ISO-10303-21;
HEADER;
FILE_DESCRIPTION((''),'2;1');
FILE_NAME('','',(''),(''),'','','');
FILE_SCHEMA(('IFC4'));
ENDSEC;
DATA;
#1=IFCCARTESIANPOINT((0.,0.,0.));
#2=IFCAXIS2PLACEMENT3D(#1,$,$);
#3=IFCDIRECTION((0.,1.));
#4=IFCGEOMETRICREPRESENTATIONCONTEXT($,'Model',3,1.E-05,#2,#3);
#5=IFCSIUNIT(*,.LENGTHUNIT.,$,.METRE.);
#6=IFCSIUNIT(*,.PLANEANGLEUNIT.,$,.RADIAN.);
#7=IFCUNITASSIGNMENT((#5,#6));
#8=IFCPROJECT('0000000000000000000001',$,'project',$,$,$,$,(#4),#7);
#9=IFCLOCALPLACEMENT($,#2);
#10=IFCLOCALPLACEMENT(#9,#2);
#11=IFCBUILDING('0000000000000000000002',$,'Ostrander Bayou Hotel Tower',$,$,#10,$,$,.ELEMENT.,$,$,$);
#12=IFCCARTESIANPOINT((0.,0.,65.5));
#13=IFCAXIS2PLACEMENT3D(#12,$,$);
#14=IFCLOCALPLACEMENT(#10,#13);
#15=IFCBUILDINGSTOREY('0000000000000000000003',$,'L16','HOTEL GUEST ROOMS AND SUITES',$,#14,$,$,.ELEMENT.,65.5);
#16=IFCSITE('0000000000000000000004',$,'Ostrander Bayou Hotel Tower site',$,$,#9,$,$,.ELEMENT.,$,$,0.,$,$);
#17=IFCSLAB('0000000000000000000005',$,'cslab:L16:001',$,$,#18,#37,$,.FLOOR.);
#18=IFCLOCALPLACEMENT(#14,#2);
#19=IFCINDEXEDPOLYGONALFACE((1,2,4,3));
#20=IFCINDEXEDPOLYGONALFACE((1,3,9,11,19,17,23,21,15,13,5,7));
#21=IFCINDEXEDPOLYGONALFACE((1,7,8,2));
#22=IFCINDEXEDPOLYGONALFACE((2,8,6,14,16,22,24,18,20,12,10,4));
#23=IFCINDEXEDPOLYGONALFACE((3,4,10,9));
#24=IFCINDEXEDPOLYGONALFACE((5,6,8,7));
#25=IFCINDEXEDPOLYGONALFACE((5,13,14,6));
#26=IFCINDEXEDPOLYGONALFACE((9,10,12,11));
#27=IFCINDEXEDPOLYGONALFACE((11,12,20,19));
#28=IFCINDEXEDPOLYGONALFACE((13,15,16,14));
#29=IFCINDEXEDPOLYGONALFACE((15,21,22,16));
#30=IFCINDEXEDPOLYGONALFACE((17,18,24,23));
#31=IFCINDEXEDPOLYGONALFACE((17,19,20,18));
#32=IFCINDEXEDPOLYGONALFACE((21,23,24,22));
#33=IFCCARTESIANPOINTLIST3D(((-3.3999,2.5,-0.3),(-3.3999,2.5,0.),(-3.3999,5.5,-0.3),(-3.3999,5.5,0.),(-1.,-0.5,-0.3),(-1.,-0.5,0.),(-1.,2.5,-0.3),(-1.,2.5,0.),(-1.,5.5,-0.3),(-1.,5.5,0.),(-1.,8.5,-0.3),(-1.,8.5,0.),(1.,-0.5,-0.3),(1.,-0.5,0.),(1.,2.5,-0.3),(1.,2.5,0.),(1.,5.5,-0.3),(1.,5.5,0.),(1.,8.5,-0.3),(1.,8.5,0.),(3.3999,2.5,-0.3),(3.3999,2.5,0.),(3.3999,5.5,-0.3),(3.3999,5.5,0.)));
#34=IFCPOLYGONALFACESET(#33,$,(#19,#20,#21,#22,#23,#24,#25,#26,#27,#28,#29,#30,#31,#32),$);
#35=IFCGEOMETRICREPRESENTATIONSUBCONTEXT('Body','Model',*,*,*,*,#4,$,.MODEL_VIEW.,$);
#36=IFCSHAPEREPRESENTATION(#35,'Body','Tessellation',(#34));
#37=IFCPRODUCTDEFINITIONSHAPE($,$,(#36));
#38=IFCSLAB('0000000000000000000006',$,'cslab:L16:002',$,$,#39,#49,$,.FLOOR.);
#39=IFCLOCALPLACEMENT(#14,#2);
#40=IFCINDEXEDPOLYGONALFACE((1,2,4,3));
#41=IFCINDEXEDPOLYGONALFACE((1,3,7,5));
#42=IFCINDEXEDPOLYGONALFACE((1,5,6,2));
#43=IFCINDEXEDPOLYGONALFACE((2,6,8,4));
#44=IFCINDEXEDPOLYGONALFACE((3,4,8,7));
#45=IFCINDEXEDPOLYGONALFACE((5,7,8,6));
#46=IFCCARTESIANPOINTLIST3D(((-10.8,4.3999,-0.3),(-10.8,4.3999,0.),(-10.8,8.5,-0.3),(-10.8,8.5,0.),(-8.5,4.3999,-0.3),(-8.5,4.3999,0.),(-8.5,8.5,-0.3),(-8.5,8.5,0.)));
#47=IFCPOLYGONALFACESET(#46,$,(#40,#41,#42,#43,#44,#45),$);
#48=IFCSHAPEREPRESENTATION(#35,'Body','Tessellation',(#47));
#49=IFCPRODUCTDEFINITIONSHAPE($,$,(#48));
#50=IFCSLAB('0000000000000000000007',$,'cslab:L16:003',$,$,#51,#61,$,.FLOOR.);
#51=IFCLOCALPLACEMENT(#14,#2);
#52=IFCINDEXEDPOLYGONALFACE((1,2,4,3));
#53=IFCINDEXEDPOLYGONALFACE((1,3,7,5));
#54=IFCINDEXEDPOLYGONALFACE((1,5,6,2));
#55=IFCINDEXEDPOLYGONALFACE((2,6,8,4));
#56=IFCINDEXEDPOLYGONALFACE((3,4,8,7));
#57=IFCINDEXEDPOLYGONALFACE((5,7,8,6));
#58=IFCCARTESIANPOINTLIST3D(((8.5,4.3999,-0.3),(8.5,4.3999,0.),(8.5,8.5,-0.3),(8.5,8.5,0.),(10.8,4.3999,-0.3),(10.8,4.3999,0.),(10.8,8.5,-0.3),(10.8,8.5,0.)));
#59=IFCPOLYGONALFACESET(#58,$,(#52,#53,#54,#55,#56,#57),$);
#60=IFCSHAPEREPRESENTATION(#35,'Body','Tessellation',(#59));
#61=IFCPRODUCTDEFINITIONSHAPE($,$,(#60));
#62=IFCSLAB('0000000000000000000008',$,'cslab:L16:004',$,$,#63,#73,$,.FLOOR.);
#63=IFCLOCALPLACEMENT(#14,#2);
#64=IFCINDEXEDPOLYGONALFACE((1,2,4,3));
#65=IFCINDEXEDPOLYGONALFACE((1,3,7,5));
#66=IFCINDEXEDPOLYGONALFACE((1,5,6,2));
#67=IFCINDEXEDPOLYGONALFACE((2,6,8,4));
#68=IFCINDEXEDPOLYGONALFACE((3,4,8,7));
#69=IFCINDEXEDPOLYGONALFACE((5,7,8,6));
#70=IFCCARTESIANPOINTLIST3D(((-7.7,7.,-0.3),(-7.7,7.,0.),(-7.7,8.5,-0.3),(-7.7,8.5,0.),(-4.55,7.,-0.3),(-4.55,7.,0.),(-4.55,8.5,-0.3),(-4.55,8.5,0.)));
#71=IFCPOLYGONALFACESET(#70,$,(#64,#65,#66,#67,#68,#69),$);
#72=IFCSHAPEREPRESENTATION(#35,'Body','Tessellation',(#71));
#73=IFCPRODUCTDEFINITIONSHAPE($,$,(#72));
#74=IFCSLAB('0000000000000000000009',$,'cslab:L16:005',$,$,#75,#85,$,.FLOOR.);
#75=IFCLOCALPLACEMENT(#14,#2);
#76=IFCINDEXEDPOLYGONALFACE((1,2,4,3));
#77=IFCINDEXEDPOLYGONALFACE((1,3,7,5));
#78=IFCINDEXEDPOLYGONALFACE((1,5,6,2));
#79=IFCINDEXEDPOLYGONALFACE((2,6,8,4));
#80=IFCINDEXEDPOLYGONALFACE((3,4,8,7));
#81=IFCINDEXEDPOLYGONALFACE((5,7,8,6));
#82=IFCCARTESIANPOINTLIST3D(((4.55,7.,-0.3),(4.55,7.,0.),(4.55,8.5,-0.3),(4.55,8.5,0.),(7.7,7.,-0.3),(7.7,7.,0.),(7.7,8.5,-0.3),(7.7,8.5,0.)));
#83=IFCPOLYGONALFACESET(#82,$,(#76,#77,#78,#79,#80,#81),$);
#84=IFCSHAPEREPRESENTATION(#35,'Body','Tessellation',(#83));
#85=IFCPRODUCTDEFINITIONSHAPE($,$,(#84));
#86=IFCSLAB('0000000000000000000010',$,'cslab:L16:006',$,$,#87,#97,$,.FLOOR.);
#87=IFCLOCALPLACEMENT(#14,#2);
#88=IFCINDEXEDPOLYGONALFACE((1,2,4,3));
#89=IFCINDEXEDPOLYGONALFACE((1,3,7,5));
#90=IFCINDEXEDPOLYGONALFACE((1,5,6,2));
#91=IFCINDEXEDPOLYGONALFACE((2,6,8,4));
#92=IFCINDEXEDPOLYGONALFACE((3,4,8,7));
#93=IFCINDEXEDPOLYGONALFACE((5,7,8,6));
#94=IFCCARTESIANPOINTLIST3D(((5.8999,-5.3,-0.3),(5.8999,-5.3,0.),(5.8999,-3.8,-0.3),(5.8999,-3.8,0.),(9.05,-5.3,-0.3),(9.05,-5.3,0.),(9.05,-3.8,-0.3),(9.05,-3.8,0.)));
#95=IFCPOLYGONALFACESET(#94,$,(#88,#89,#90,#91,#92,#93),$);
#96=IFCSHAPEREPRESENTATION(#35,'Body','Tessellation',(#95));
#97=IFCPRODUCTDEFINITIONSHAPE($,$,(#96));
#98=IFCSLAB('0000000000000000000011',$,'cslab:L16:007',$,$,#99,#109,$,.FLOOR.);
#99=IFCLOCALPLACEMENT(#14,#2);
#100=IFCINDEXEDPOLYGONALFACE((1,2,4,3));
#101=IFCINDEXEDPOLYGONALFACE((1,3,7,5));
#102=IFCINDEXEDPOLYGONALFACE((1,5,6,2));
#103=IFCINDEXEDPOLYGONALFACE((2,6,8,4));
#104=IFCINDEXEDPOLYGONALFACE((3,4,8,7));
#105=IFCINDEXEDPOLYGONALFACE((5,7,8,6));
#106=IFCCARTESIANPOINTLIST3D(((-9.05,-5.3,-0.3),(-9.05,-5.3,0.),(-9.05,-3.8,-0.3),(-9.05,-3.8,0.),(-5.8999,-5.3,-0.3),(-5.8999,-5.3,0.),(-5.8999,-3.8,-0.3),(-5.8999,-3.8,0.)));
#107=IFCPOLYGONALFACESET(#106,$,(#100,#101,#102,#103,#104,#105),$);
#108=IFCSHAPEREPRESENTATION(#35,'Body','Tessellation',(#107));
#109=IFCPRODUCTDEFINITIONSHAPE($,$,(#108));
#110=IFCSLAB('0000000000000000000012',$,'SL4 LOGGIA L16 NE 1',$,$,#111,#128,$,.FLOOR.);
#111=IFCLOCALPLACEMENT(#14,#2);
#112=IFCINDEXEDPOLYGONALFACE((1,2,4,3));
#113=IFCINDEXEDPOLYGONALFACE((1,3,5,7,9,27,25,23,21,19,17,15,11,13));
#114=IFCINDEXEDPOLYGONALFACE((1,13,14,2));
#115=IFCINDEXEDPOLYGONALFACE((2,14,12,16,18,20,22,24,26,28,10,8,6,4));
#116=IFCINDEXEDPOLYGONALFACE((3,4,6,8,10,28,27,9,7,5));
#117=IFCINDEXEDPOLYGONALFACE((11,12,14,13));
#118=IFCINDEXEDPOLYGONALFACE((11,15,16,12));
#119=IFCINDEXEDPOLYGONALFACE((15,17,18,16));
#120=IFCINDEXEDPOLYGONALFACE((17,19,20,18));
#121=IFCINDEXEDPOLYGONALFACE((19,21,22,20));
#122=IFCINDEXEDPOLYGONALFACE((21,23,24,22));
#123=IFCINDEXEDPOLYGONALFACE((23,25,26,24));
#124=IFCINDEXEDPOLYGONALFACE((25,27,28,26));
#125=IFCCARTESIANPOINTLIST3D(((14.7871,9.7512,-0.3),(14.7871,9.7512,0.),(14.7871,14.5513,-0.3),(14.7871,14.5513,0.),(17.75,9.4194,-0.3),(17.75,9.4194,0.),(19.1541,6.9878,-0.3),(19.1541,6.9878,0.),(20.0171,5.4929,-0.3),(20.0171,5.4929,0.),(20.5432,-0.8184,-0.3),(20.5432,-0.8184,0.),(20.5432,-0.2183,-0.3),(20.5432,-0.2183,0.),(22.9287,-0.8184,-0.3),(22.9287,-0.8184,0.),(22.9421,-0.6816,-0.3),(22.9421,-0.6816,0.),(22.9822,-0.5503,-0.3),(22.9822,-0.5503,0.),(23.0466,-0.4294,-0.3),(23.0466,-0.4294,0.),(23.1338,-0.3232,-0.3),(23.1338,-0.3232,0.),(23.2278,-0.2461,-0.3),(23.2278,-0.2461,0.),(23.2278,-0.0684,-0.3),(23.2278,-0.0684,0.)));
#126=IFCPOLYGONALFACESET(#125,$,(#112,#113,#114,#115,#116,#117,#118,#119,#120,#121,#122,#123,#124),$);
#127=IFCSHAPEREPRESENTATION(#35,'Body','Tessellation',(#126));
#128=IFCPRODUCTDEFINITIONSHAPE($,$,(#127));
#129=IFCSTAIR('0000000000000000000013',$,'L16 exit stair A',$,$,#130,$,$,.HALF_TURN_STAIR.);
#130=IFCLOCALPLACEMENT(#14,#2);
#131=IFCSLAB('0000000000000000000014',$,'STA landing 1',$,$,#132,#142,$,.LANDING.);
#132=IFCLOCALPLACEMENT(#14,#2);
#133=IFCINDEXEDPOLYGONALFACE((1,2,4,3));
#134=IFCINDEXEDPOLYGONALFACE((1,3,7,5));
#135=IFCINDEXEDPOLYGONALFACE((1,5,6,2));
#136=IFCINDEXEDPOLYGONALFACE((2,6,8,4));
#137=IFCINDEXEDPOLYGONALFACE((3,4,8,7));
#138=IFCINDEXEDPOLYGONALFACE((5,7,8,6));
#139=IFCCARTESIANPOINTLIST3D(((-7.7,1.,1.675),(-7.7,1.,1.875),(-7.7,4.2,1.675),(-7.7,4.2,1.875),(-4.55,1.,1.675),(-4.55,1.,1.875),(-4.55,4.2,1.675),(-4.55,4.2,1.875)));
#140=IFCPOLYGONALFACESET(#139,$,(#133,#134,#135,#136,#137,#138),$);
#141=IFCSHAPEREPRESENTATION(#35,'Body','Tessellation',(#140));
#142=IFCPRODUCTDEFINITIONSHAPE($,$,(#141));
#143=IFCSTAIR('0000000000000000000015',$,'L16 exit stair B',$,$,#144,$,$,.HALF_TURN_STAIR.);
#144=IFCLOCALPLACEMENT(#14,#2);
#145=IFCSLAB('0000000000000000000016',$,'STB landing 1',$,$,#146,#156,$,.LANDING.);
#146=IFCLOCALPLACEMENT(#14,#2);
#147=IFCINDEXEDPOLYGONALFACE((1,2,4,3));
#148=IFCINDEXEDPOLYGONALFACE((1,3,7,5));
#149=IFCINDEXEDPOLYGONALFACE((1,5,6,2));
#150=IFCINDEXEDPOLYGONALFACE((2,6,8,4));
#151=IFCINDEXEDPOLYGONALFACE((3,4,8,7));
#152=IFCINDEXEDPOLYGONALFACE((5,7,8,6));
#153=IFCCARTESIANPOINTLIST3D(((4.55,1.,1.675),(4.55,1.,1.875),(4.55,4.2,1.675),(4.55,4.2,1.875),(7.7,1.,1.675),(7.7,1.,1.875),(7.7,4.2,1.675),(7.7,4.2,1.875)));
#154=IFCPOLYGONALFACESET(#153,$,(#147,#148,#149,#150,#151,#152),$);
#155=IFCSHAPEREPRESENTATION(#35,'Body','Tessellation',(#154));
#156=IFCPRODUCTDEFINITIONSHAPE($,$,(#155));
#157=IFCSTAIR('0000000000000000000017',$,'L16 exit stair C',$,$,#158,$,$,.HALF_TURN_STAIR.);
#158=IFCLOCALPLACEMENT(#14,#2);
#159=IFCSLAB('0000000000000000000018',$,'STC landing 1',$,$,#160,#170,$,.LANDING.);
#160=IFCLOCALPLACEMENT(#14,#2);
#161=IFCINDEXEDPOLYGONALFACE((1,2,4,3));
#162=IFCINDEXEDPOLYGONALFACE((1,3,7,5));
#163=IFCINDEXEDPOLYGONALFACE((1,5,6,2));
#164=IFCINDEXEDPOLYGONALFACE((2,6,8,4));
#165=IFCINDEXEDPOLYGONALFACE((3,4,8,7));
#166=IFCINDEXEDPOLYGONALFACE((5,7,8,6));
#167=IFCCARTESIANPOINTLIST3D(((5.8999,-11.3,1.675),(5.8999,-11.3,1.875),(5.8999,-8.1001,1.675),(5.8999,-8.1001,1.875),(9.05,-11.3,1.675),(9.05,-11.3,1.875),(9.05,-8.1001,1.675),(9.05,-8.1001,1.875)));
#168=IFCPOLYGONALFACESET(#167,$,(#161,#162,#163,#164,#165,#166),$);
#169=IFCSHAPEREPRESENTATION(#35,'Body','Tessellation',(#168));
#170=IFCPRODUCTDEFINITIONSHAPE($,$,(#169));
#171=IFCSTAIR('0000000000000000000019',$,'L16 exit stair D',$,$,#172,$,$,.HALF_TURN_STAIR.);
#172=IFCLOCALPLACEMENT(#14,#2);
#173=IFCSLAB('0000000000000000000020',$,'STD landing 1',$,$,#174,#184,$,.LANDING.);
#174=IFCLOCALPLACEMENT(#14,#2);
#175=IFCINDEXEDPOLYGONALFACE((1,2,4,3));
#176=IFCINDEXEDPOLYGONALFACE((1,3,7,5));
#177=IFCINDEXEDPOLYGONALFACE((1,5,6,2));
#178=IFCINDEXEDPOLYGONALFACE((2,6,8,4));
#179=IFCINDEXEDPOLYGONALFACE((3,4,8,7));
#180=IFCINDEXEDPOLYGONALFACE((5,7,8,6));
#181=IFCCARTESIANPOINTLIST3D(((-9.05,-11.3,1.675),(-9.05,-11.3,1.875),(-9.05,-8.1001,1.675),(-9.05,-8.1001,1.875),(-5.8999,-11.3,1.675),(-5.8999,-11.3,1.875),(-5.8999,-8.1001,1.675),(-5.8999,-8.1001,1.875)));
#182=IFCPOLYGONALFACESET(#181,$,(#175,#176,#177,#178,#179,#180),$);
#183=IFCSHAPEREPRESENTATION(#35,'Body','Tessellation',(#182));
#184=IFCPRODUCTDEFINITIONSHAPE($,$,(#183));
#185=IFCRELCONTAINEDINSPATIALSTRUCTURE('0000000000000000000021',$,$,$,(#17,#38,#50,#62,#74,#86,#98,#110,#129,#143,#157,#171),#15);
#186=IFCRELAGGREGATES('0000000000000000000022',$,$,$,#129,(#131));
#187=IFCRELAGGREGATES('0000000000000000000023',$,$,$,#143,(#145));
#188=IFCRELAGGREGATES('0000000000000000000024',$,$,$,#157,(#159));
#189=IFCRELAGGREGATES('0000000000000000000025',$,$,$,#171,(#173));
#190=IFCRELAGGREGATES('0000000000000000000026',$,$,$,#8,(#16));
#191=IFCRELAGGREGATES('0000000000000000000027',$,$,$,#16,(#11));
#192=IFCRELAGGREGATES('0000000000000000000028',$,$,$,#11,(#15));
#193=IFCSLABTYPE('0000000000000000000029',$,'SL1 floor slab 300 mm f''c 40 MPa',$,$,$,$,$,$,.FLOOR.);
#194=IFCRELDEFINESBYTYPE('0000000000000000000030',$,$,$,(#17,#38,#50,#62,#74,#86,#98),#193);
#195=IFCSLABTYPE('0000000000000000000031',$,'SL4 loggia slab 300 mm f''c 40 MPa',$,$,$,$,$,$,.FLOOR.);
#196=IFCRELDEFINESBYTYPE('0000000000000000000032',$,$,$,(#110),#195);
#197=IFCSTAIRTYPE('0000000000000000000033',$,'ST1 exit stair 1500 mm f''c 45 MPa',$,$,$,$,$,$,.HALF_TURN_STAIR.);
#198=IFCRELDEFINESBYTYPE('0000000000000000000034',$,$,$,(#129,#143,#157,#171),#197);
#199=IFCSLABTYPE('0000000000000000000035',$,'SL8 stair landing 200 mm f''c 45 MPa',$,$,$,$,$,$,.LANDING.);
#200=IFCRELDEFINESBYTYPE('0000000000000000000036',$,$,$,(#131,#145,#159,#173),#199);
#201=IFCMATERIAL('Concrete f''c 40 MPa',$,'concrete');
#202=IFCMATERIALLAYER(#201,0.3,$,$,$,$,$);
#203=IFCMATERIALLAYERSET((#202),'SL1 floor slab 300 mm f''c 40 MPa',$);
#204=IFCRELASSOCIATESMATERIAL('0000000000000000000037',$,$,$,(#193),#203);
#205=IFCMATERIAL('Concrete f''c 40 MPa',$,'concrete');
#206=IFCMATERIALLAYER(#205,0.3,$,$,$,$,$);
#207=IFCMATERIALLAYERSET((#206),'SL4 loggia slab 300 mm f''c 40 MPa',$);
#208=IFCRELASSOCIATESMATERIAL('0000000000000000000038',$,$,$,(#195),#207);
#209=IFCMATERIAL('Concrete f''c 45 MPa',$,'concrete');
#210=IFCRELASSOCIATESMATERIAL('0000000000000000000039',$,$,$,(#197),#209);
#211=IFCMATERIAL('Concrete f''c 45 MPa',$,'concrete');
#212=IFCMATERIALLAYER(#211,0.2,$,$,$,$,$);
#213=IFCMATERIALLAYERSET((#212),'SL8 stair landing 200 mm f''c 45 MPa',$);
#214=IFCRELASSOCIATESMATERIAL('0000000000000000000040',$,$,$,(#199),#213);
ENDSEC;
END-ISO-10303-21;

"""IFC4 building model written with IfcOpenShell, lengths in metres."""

from ifc_helpers import new_model, si_unit, direction, frame, origin, place, context, subcontext, project, spatial, polyline, outline, extrude, material, layer, layer_set, type_object, element, aggregate, save


model = new_model("IFC4")

# Units and contexts
model_context = context("Model", 3, precision=1e-05, world=origin(), true_north=direction((0.0, 1.0)))
body_context = subcontext(model_context, "Body", "Model", "MODEL_VIEW")
ifc_project = project(units=[si_unit("LENGTHUNIT", "METRE"), si_unit("PLANEANGLEUNIT", "RADIAN")], contexts=[model_context])

# Site, building, storey
site_placement = place(None, origin())
site = spatial("IfcSite", under=ifc_project, at=site_placement, Name="Ostrander Bayou Hotel Tower site", CompositionType="ELEMENT", RefElevation=0.0)
building_placement = place(site_placement, origin())
building = spatial("IfcBuilding", under=site, at=building_placement, Name="Ostrander Bayou Hotel Tower", CompositionType="ELEMENT")
storey_placement = place(building_placement, frame((0.0, 0.0, 65.5)))
storey = spatial("IfcBuildingStorey", under=building, at=storey_placement, Name="L16", Description="HOTEL GUEST ROOMS AND SUITES", CompositionType="ELEMENT", Elevation=65.5)

# Slabs
ifc_material_1 = material(Name="Concrete f'c 40 MPa", Category="concrete")
ifc_layer_1 = layer(ifc_material_1, 0.3)
ifc_layer_set_1 = layer_set([ifc_layer_1], Name="SL1 floor slab 300 mm f'c 40 MPa")
slab_type_1 = type_object("IfcSlabType", Name="SL1 floor slab 300 mm f'c 40 MPa", PredefinedType="FLOOR", material=ifc_layer_set_1)
slab_1_placement = place(storey_placement, frame((0.0, 0.0, -0.3)))
element("IfcSlab", 1, at=slab_1_placement, inside=storey, type_object=slab_type_1, Name="cslab:L16:001", PredefinedType="FLOOR", context=body_context, shape_type="SweptSolid", body=[
    extrude(outline(polyline([(-3.3999, 5.5), (-1.0, 5.5), (-1.0, 8.5), (1.0, 8.5), (1.0, 5.5), (3.3999, 5.5), (3.3999, 2.5), (1.0, 2.5), (1.0, -0.5), (-1.0, -0.5), (-1.0, 2.5), (-3.3999, 2.5), (-3.3999, 5.5)])), origin(), (0.0, 0.0, 1.0), 0.3),
])
slab_2_placement = place(storey_placement, frame((0.0, 0.0, -0.3)))
element("IfcSlab", 2, at=slab_2_placement, inside=storey, type_object=slab_type_1, Name="cslab:L16:002", PredefinedType="FLOOR", context=body_context, shape_type="SweptSolid", body=[
    extrude(outline(polyline([(-8.5, 4.3999), (-8.5, 8.5), (-10.8, 8.5), (-10.8, 4.3999), (-8.5, 4.3999)])), origin(), (0.0, 0.0, 1.0), 0.3),
])
slab_3_placement = place(storey_placement, frame((0.0, 0.0, -0.3)))
element("IfcSlab", 3, at=slab_3_placement, inside=storey, type_object=slab_type_1, Name="cslab:L16:003", PredefinedType="FLOOR", context=body_context, shape_type="SweptSolid", body=[
    extrude(outline(polyline([(10.8, 4.3999), (10.8, 8.5), (8.5, 8.5), (8.5, 4.3999), (10.8, 4.3999)])), origin(), (0.0, 0.0, 1.0), 0.3),
])
slab_4_placement = place(storey_placement, frame((0.0, 0.0, -0.3)))
element("IfcSlab", 4, at=slab_4_placement, inside=storey, type_object=slab_type_1, Name="cslab:L16:004", PredefinedType="FLOOR", context=body_context, shape_type="SweptSolid", body=[
    extrude(outline(polyline([(-4.55, 7.0), (-4.55, 8.5), (-7.7, 8.5), (-7.7, 7.0), (-4.55, 7.0)])), origin(), (0.0, 0.0, 1.0), 0.3),
])
slab_5_placement = place(storey_placement, frame((0.0, 0.0, -0.3)))
element("IfcSlab", 5, at=slab_5_placement, inside=storey, type_object=slab_type_1, Name="cslab:L16:005", PredefinedType="FLOOR", context=body_context, shape_type="SweptSolid", body=[
    extrude(outline(polyline([(7.7, 7.0), (7.7, 8.5), (4.55, 8.5), (4.55, 7.0), (7.7, 7.0)])), origin(), (0.0, 0.0, 1.0), 0.3),
])
slab_6_placement = place(storey_placement, frame((0.0, 0.0, -0.3)))
element("IfcSlab", 6, at=slab_6_placement, inside=storey, type_object=slab_type_1, Name="cslab:L16:006", PredefinedType="FLOOR", context=body_context, shape_type="SweptSolid", body=[
    extrude(outline(polyline([(9.05, -5.3), (9.05, -3.8), (5.8999, -3.8), (5.8999, -5.3), (9.05, -5.3)])), origin(), (0.0, 0.0, 1.0), 0.3),
])
slab_7_placement = place(storey_placement, frame((0.0, 0.0, -0.3)))
element("IfcSlab", 7, at=slab_7_placement, inside=storey, type_object=slab_type_1, Name="cslab:L16:007", PredefinedType="FLOOR", context=body_context, shape_type="SweptSolid", body=[
    extrude(outline(polyline([(-5.8999, -5.3), (-5.8999, -3.8), (-9.05, -3.8), (-9.05, -5.3), (-5.8999, -5.3)])), origin(), (0.0, 0.0, 1.0), 0.3),
])
ifc_material_2 = material(Name="Concrete f'c 40 MPa", Category="concrete")
ifc_layer_2 = layer(ifc_material_2, 0.3)
ifc_layer_set_2 = layer_set([ifc_layer_2], Name="SL4 loggia slab 300 mm f'c 40 MPa")
slab_type_2 = type_object("IfcSlabType", Name="SL4 loggia slab 300 mm f'c 40 MPa", PredefinedType="FLOOR", material=ifc_layer_set_2)
slab_8_placement = place(storey_placement, frame((0.0, 0.0, -0.3)))
element("IfcSlab", 8, at=slab_8_placement, inside=storey, type_object=slab_type_2, Name="SL4 LOGGIA L16 NE 1", PredefinedType="FLOOR", context=body_context, shape_type="SweptSolid", body=[
    extrude(outline(polyline([(14.7871, 14.5513), (17.75, 9.4194), (19.1541, 6.9878), (20.0171, 5.4929), (23.2278, -0.0684), (23.2278, -0.2461), (23.1338, -0.3232), (23.0466, -0.4294), (22.9822, -0.5503), (22.9421, -0.6816), (22.9287, -0.8184), (20.5432, -0.8184), (20.5432, -0.2183), (14.7871, 9.7512), (14.7871, 14.5513)])), origin(), (0.0, 0.0, 1.0), 0.3),
])

# Stairs, slabs
ifc_material_3 = material(Name="Concrete f'c 45 MPa", Category="concrete")
stair_type = type_object("IfcStairType", Name="ST1 exit stair 1500 mm f'c 45 MPa", PredefinedType="HALF_TURN_STAIR", material=ifc_material_3)
stair_1_placement = place(storey_placement, origin())
stair_1 = element("IfcStair", 9, at=stair_1_placement, inside=storey, type_object=stair_type, Name="L16 exit stair A", PredefinedType="HALF_TURN_STAIR")
ifc_material_4 = material(Name="Concrete f'c 45 MPa", Category="concrete")
ifc_layer_3 = layer(ifc_material_4, 0.2)
ifc_layer_set_3 = layer_set([ifc_layer_3], Name="SL8 stair landing 200 mm f'c 45 MPa")
slab_type_3 = type_object("IfcSlabType", Name="SL8 stair landing 200 mm f'c 45 MPa", PredefinedType="LANDING", material=ifc_layer_set_3)
slab_9_placement = place(storey_placement, frame((0.0, 0.0, 1.675)))
slab_9 = element("IfcSlab", 10, at=slab_9_placement, type_object=slab_type_3, Name="STA landing 1", PredefinedType="LANDING", context=body_context, shape_type="SweptSolid", body=[
    extrude(outline(polyline([(-7.7, 4.2), (-7.7, 1.0), (-4.55, 1.0), (-4.55, 4.2), (-7.7, 4.2)])), origin(), (0.0, 0.0, 1.0), 0.2),
])
aggregate(stair_1, [slab_9])
stair_2_placement = place(storey_placement, origin())
stair_2 = element("IfcStair", 11, at=stair_2_placement, inside=storey, type_object=stair_type, Name="L16 exit stair B", PredefinedType="HALF_TURN_STAIR")
slab_10_placement = place(storey_placement, frame((0.0, 0.0, 1.675)))
slab_10 = element("IfcSlab", 12, at=slab_10_placement, type_object=slab_type_3, Name="STB landing 1", PredefinedType="LANDING", context=body_context, shape_type="SweptSolid", body=[
    extrude(outline(polyline([(4.55, 4.2), (4.55, 1.0), (7.7, 1.0), (7.7, 4.2), (4.55, 4.2)])), origin(), (0.0, 0.0, 1.0), 0.2),
])
aggregate(stair_2, [slab_10])
stair_3_placement = place(storey_placement, origin())
stair_3 = element("IfcStair", 13, at=stair_3_placement, inside=storey, type_object=stair_type, Name="L16 exit stair C", PredefinedType="HALF_TURN_STAIR")
slab_11_placement = place(storey_placement, frame((0.0, 0.0, 1.675)))
slab_11 = element("IfcSlab", 14, at=slab_11_placement, type_object=slab_type_3, Name="STC landing 1", PredefinedType="LANDING", context=body_context, shape_type="SweptSolid", body=[
    extrude(outline(polyline([(5.8999, -8.1001), (5.8999, -11.3), (9.05, -11.3), (9.05, -8.1001), (5.8999, -8.1001)])), origin(), (0.0, 0.0, 1.0), 0.2),
])
aggregate(stair_3, [slab_11])
stair_4_placement = place(storey_placement, origin())
stair_4 = element("IfcStair", 15, at=stair_4_placement, inside=storey, type_object=stair_type, Name="L16 exit stair D", PredefinedType="HALF_TURN_STAIR")
slab_12_placement = place(storey_placement, frame((0.0, 0.0, 1.675)))
slab_12 = element("IfcSlab", 16, at=slab_12_placement, type_object=slab_type_3, Name="STD landing 1", PredefinedType="LANDING", context=body_context, shape_type="SweptSolid", body=[
    extrude(outline(polyline([(-9.05, -8.1001), (-9.05, -11.3), (-5.8999, -11.3), (-5.8999, -8.1001), (-9.05, -8.1001)])), origin(), (0.0, 0.0, 1.0), 0.2),
])
aggregate(stair_4, [slab_12])

save(model, "model.ifc")
